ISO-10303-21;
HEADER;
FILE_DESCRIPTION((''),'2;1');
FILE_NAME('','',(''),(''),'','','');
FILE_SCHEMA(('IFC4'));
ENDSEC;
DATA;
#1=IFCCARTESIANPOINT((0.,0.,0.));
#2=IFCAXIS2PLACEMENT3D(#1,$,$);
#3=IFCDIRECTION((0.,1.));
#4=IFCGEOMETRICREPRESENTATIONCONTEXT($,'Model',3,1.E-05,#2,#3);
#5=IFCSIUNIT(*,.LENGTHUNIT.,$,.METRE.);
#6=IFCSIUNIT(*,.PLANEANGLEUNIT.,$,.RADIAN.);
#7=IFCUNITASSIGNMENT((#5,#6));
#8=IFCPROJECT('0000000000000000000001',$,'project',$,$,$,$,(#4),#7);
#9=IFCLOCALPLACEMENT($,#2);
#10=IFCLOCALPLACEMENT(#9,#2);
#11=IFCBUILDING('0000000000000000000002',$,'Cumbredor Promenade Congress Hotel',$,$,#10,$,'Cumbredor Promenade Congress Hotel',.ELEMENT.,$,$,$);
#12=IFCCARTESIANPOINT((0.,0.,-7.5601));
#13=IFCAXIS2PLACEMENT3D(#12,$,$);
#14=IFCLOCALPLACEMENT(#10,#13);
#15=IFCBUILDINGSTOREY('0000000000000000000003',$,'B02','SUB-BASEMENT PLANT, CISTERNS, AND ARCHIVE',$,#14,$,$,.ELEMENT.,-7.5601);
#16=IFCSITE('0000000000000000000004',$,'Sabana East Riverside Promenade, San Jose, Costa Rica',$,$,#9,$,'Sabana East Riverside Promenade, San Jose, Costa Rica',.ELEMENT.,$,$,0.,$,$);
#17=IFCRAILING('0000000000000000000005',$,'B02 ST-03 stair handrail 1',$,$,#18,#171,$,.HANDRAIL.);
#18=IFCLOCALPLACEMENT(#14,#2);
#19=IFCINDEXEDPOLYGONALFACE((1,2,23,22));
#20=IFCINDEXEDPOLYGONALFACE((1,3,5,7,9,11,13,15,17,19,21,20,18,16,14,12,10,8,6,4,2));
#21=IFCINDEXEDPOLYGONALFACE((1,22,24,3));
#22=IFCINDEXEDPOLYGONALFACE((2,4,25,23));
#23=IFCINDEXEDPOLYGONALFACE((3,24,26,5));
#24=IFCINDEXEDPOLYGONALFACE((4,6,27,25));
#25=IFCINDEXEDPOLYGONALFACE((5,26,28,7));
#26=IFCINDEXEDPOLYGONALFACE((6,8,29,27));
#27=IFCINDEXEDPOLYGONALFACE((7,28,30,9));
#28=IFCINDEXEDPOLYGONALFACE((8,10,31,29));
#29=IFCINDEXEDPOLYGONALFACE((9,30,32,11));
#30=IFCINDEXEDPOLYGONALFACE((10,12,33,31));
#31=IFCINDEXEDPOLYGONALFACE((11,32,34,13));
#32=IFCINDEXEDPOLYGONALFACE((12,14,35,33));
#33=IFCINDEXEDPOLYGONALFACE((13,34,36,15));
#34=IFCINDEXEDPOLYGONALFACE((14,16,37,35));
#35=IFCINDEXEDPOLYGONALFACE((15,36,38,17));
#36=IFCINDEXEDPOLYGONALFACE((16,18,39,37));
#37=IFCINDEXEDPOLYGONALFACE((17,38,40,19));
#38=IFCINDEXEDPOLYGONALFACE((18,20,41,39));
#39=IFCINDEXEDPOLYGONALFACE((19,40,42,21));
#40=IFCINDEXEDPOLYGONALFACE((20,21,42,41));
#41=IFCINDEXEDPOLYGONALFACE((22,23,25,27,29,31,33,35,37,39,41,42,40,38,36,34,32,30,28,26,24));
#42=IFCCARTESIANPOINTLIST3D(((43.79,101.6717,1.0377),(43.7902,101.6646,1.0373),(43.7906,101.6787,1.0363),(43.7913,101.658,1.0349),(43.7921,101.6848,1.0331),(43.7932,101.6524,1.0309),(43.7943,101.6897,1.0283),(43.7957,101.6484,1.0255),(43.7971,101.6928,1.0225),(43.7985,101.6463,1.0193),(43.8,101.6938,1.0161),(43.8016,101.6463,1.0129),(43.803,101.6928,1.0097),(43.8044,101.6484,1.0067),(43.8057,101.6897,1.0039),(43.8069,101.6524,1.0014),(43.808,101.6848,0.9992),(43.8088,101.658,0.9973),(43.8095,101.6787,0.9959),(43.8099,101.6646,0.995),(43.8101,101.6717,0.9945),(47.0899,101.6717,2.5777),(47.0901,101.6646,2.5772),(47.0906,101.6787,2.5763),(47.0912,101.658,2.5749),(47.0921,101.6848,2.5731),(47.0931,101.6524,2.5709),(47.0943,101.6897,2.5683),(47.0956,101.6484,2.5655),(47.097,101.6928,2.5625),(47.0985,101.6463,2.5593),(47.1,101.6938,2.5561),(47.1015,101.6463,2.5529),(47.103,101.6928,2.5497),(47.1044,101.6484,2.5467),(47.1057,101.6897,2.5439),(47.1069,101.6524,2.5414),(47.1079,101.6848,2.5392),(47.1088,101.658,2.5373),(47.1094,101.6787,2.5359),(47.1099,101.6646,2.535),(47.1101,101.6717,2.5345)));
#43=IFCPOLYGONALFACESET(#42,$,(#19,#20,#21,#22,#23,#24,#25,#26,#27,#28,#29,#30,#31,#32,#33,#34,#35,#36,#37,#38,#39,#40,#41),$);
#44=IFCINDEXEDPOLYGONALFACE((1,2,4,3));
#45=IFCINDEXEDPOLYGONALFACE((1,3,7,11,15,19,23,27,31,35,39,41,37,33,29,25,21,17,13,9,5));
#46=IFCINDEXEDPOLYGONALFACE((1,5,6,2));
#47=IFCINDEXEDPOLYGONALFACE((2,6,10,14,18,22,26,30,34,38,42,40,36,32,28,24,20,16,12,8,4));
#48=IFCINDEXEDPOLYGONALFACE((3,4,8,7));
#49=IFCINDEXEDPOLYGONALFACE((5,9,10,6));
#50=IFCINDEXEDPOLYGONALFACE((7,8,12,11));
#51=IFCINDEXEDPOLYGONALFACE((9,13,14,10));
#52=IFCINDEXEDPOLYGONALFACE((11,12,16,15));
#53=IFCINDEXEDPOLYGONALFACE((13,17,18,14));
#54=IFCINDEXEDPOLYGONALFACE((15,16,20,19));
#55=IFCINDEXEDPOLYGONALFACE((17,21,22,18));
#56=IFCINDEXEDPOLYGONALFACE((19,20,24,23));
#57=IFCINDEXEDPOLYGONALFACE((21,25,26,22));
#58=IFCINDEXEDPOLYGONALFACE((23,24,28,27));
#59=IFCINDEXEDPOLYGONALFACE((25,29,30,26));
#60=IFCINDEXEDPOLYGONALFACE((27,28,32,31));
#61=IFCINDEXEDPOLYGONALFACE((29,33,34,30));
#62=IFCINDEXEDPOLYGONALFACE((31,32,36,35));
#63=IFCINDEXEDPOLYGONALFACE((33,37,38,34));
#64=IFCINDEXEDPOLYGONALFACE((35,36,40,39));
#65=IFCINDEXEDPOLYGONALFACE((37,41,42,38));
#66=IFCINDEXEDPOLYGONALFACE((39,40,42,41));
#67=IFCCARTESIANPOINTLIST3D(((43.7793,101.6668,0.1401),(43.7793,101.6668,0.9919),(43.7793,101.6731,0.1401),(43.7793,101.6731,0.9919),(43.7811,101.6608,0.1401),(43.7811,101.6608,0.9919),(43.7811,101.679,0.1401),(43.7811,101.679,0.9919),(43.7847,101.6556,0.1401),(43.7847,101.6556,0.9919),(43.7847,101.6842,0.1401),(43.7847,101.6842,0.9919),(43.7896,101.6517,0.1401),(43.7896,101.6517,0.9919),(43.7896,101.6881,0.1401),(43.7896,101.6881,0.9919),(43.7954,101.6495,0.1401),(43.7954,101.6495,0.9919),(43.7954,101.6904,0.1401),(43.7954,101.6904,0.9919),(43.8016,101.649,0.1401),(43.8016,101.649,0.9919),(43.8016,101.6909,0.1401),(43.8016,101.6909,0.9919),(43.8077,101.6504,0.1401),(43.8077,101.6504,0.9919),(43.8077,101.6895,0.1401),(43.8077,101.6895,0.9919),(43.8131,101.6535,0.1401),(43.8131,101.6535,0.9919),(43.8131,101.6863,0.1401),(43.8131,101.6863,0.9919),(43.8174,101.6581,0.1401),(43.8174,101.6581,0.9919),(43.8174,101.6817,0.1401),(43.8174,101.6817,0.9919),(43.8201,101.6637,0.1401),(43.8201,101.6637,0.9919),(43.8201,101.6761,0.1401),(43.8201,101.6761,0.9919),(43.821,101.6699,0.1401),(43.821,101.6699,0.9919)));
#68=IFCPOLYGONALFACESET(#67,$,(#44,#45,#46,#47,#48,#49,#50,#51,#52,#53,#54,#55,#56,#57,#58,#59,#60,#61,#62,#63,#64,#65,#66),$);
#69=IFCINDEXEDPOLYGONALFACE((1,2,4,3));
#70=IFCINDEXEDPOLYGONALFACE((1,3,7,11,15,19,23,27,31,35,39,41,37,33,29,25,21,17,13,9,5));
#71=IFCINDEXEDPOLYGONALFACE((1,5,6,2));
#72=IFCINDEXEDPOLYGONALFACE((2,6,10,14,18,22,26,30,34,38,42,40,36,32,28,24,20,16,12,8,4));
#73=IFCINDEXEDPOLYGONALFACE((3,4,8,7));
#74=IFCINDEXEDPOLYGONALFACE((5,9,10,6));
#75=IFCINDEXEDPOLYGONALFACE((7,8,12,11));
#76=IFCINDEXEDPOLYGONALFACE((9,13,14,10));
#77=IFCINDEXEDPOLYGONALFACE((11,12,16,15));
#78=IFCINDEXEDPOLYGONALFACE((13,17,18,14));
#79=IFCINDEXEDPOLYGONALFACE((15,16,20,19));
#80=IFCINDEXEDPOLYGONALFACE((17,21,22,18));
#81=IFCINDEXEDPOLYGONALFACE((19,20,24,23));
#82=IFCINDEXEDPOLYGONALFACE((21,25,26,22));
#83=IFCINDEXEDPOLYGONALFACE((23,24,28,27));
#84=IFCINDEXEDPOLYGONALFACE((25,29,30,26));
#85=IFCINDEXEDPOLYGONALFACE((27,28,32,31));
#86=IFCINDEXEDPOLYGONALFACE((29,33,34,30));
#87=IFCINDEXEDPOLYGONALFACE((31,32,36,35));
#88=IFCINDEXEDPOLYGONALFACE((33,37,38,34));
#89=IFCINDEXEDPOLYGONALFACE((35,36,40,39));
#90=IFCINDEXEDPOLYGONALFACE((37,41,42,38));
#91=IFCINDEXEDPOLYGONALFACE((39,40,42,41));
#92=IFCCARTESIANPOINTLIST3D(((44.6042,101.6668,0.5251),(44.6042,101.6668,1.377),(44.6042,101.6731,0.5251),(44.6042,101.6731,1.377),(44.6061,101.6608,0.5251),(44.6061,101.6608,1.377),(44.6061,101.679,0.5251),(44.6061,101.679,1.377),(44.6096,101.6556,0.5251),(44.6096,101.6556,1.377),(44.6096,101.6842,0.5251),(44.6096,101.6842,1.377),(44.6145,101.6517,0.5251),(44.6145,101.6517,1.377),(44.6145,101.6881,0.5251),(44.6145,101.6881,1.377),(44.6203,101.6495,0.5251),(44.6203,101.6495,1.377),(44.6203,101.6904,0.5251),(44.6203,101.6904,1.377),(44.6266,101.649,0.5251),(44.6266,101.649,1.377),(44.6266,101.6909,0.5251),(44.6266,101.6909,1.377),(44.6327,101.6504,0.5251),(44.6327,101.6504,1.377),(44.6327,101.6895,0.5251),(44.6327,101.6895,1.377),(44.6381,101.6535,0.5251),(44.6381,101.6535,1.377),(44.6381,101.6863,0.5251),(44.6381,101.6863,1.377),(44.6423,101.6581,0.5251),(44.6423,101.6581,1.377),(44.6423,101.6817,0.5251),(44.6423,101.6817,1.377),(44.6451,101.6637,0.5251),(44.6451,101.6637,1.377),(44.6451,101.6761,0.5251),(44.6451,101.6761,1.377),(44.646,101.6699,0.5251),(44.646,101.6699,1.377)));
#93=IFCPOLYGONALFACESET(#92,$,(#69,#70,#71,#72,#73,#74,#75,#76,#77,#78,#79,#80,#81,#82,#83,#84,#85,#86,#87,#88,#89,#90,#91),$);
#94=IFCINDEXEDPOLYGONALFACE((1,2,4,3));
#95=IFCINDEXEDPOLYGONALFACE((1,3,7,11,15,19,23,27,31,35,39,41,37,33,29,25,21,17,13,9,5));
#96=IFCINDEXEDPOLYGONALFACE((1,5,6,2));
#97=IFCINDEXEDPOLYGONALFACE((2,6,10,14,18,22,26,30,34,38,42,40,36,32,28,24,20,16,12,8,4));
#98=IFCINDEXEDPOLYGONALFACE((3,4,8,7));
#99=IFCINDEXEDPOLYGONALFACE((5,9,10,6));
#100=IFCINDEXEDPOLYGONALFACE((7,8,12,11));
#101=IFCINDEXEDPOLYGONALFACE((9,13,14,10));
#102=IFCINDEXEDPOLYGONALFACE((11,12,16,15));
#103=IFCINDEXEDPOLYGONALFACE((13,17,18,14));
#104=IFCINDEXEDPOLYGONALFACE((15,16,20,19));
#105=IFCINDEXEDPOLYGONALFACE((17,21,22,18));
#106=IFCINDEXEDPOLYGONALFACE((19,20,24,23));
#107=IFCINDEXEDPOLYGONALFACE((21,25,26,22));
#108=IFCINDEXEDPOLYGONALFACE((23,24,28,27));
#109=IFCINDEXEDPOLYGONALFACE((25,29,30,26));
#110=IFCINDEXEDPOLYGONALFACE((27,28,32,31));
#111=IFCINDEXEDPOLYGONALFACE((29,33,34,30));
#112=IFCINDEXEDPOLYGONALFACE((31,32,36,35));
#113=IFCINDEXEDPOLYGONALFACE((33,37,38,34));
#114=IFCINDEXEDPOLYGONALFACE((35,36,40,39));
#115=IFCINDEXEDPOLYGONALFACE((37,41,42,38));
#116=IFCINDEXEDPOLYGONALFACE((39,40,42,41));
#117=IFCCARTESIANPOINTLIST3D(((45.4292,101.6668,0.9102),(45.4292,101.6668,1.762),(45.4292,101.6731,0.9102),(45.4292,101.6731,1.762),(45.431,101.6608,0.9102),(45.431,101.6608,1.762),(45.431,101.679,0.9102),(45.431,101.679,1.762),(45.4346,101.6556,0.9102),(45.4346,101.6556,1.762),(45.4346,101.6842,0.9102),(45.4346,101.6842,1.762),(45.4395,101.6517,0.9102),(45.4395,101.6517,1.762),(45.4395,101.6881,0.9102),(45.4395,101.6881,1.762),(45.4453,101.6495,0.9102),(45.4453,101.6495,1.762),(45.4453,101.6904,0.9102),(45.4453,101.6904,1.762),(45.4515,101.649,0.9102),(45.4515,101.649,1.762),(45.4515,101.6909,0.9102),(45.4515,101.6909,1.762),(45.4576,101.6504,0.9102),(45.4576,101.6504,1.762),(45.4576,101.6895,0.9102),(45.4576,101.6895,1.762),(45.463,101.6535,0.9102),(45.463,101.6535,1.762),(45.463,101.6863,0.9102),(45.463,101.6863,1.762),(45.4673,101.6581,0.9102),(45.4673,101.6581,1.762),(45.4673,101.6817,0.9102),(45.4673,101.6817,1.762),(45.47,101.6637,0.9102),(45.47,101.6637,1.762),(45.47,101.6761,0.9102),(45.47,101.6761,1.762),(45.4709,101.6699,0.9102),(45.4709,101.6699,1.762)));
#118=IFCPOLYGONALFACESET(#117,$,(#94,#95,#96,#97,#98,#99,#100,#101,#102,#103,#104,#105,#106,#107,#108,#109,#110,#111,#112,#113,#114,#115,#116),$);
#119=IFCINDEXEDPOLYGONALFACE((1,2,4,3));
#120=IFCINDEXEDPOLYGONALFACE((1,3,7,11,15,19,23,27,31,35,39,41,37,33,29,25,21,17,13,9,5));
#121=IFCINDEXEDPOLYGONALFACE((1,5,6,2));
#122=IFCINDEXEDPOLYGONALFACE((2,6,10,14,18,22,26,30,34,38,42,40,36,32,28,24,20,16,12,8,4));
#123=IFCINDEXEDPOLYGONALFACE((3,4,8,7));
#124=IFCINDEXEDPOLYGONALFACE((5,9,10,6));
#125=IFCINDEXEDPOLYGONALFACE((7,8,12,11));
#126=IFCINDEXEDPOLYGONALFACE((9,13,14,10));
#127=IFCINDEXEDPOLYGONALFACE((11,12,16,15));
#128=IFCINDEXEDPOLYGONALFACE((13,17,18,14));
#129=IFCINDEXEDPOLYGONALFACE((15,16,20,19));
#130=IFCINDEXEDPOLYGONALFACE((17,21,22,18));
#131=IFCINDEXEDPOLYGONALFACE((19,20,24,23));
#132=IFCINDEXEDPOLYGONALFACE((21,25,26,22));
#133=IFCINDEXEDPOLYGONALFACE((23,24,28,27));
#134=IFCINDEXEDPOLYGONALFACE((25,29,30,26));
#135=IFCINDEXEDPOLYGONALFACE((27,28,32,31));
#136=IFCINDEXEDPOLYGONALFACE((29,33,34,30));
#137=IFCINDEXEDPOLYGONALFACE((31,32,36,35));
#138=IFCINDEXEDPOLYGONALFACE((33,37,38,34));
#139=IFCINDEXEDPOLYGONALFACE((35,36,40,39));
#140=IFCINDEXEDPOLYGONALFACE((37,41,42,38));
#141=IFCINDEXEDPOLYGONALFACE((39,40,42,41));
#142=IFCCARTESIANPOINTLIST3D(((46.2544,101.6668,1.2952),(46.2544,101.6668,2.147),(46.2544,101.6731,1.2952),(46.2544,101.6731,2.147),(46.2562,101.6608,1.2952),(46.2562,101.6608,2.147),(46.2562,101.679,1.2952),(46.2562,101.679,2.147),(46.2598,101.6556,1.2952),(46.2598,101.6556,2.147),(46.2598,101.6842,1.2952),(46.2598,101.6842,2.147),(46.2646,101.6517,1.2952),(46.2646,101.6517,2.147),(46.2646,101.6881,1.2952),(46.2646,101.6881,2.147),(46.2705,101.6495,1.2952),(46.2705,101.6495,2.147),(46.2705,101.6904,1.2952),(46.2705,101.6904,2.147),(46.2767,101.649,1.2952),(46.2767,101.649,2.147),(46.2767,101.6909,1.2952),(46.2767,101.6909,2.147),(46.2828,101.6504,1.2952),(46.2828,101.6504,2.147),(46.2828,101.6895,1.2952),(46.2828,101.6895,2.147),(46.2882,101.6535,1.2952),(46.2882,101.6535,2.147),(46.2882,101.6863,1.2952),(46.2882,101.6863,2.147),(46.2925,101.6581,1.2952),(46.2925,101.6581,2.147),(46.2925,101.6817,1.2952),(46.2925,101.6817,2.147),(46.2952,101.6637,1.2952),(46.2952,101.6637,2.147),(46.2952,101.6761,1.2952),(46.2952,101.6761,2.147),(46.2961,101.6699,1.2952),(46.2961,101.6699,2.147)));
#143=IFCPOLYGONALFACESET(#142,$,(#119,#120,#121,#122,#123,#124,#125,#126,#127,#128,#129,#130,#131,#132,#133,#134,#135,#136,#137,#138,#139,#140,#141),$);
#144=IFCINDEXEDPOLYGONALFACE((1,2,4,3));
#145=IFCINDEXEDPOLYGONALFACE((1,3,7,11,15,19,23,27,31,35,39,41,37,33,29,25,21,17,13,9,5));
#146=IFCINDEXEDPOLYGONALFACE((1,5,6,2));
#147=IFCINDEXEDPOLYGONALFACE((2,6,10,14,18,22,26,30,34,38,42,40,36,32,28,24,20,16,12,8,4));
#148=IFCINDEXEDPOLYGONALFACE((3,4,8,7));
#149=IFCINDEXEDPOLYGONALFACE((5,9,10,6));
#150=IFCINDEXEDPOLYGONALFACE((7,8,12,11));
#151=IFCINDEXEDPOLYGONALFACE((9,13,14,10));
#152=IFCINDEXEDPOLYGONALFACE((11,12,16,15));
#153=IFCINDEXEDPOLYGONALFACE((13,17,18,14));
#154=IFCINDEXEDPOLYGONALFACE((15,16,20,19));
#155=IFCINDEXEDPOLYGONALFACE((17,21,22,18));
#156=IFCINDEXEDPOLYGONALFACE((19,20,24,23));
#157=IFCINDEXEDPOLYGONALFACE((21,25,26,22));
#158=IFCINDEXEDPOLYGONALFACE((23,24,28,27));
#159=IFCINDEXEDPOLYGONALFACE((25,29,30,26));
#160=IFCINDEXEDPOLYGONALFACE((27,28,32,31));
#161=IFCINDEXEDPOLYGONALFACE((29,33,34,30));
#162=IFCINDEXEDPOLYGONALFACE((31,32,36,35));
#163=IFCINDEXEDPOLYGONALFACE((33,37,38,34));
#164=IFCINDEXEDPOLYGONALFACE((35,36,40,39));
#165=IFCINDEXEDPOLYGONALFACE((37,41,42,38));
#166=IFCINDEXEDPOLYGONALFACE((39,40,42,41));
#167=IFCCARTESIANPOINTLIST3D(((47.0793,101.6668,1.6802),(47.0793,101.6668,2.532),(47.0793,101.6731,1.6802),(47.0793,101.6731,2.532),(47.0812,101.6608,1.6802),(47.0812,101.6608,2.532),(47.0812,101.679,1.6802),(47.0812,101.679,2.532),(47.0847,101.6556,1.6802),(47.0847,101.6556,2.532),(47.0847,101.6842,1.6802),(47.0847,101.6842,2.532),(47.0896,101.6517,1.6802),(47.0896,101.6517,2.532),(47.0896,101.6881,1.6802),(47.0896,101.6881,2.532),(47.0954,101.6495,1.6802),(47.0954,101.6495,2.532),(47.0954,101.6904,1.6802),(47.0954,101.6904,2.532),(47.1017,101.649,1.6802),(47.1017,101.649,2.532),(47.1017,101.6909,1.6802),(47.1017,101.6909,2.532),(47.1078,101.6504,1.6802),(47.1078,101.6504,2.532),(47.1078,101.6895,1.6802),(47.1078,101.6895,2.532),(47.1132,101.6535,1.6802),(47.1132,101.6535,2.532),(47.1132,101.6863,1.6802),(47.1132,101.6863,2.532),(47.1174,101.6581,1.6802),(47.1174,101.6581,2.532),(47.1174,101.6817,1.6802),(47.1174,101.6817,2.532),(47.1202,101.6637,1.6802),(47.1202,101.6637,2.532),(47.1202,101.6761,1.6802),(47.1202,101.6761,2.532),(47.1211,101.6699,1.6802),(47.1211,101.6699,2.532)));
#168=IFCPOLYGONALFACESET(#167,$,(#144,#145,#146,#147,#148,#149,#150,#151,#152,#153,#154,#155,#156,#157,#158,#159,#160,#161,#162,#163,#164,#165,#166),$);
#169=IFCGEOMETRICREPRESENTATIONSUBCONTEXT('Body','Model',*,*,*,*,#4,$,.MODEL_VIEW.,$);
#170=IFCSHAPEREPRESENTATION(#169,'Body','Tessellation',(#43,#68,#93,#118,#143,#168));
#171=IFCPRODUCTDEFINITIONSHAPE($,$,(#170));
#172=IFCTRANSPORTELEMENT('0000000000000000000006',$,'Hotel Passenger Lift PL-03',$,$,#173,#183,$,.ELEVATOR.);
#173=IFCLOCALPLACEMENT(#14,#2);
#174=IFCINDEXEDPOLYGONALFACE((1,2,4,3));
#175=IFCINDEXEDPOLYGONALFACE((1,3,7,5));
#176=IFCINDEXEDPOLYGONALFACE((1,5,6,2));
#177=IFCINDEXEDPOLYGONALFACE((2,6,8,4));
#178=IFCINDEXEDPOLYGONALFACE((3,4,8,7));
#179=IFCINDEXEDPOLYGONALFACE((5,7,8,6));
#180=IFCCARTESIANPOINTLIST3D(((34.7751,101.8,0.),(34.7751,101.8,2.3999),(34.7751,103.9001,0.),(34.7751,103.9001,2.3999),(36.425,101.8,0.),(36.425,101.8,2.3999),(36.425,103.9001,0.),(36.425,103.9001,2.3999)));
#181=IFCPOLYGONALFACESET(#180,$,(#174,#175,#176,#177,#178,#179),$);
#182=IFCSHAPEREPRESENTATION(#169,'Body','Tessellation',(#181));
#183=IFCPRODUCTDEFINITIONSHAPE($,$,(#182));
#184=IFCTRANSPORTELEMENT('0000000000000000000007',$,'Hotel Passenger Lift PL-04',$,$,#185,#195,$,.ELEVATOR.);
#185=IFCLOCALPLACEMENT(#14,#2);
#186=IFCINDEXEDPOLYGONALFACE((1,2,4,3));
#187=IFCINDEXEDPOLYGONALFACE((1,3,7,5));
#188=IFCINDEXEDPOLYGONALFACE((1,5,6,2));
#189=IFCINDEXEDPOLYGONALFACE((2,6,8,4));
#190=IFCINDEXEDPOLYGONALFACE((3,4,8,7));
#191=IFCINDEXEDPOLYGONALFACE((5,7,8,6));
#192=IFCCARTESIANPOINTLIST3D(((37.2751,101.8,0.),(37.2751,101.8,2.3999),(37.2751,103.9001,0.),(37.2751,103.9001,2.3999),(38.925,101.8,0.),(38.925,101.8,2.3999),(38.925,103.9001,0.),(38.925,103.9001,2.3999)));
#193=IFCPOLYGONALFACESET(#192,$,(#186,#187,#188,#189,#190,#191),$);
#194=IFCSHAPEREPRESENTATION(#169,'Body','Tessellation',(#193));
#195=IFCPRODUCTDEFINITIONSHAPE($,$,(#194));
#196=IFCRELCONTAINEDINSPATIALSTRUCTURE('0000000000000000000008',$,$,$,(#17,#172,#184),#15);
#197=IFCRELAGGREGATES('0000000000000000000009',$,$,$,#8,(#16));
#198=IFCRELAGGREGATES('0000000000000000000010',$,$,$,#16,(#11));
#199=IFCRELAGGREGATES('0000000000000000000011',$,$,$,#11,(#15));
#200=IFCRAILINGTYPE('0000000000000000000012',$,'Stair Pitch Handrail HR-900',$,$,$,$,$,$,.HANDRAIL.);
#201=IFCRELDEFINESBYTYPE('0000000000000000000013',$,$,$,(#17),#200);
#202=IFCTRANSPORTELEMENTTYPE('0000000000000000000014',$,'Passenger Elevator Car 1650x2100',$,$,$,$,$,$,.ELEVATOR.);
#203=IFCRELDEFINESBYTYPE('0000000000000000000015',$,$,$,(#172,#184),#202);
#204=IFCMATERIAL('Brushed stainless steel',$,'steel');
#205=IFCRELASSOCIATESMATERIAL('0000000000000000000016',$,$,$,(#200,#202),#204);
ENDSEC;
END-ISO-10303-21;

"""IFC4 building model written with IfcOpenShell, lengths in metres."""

from ifc_helpers import new_model, si_unit, direction, frame, origin, origin_2d, place, context, subcontext, project, spatial, rectangle, circle, extrude, material, type_object, element, save


model = new_model("IFC4")

# Units and contexts
model_context = context("Model", 3, precision=1e-05, world=origin(), true_north=direction((0.0, 1.0)))
body_context = subcontext(model_context, "Body", "Model", "MODEL_VIEW")
ifc_project = project(units=[si_unit("LENGTHUNIT", "METRE"), si_unit("PLANEANGLEUNIT", "RADIAN")], contexts=[model_context])

# Site, building, storey
site_placement = place(None, origin())
site = spatial("IfcSite", under=ifc_project, at=site_placement, Name="Sabana East Riverside Promenade, San Jose, Costa Rica", LongName="Sabana East Riverside Promenade, San Jose, Costa Rica", CompositionType="ELEMENT", RefElevation=0.0)
building_placement = place(site_placement, origin())
building = spatial("IfcBuilding", under=site, at=building_placement, Name="Cumbredor Promenade Congress Hotel", LongName="Cumbredor Promenade Congress Hotel", CompositionType="ELEMENT")
storey_placement = place(building_placement, frame((0.0, 0.0, -7.5601)))
storey = spatial("IfcBuildingStorey", under=building, at=storey_placement, Name="B02", Description="SUB-BASEMENT PLANT, CISTERNS, AND ARCHIVE", CompositionType="ELEMENT", Elevation=-7.5601)

# Shared definitions
ifc_material_1 = material(Name="Brushed stainless steel", Category="steel")

# Railing
railing_type_1 = type_object("IfcRailingType", Name="Stair Pitch Handrail HR-900", PredefinedType="HANDRAIL", material=ifc_material_1)
railing_1_placement = place(storey_placement, frame((43.8, 101.6699, 0.1401)))
element("IfcRailing", 1, at=railing_1_placement, inside=storey, type_object=railing_type_1, Name="B02 ST-03 stair handrail 1", PredefinedType="HANDRAIL", context=body_context, shape_type="SweptSolid", body=[
    extrude(circle(Radius=0.0239, at=origin_2d()), frame((0.0, 0.0, 0.876), z_axis=(0.906181, 0.0, 0.422889), x_axis=(0.0, 1.0, 0.0)), (0.0, 0.0, 1.0), 3.6416),
    extrude(circle(Radius=0.021, at=origin_2d()), origin(), (0.0, 0.0, 1.0), 0.8518),
    extrude(circle(Radius=0.021, at=origin_2d()), frame((0.825, 0.0, 0.385)), (0.0, 0.0, 1.0), 0.8518),
    extrude(circle(Radius=0.021, at=origin_2d()), frame((1.6499, 0.0, 0.77)), (0.0, 0.0, 1.0), 0.8518),
    extrude(circle(Radius=0.021, at=origin_2d()), frame((2.4751, 0.0, 1.155)), (0.0, 0.0, 1.0), 0.8518),
    extrude(circle(Radius=0.021, at=origin_2d()), frame((3.3, 0.0, 1.54)), (0.0, 0.0, 1.0), 0.8518),
])

# Transport elements
transport_element_type = type_object("IfcTransportElementType", Name="Passenger Elevator Car 1650x2100", PredefinedType="ELEVATOR", material=ifc_material_1)
for number, where, z_axis, x_axis, name in (
    (2, (35.6001, 102.8501, 0.0), (0.0, 0.0, 1.0), (1.0, 0.0, 0.0), "Hotel Passenger Lift PL-03"),
    (3, (38.1001, 102.8501, 0.0), (0.0, 0.0, 1.0), (1.0, 0.0, 0.0), "Hotel Passenger Lift PL-04"),
):
    element("IfcTransportElement", number, at=place(storey_placement, frame(where, z_axis=z_axis, x_axis=x_axis)), inside=storey, type_object=transport_element_type, Name=name, PredefinedType="ELEVATOR", context=body_context, shape_type="SweptSolid", body=[
        extrude(rectangle(XDim=1.6499, YDim=2.1001, at=origin_2d()), origin(), (0.0, 0.0, 1.0), 2.3999),
    ])

save(model, "model.ifc")
